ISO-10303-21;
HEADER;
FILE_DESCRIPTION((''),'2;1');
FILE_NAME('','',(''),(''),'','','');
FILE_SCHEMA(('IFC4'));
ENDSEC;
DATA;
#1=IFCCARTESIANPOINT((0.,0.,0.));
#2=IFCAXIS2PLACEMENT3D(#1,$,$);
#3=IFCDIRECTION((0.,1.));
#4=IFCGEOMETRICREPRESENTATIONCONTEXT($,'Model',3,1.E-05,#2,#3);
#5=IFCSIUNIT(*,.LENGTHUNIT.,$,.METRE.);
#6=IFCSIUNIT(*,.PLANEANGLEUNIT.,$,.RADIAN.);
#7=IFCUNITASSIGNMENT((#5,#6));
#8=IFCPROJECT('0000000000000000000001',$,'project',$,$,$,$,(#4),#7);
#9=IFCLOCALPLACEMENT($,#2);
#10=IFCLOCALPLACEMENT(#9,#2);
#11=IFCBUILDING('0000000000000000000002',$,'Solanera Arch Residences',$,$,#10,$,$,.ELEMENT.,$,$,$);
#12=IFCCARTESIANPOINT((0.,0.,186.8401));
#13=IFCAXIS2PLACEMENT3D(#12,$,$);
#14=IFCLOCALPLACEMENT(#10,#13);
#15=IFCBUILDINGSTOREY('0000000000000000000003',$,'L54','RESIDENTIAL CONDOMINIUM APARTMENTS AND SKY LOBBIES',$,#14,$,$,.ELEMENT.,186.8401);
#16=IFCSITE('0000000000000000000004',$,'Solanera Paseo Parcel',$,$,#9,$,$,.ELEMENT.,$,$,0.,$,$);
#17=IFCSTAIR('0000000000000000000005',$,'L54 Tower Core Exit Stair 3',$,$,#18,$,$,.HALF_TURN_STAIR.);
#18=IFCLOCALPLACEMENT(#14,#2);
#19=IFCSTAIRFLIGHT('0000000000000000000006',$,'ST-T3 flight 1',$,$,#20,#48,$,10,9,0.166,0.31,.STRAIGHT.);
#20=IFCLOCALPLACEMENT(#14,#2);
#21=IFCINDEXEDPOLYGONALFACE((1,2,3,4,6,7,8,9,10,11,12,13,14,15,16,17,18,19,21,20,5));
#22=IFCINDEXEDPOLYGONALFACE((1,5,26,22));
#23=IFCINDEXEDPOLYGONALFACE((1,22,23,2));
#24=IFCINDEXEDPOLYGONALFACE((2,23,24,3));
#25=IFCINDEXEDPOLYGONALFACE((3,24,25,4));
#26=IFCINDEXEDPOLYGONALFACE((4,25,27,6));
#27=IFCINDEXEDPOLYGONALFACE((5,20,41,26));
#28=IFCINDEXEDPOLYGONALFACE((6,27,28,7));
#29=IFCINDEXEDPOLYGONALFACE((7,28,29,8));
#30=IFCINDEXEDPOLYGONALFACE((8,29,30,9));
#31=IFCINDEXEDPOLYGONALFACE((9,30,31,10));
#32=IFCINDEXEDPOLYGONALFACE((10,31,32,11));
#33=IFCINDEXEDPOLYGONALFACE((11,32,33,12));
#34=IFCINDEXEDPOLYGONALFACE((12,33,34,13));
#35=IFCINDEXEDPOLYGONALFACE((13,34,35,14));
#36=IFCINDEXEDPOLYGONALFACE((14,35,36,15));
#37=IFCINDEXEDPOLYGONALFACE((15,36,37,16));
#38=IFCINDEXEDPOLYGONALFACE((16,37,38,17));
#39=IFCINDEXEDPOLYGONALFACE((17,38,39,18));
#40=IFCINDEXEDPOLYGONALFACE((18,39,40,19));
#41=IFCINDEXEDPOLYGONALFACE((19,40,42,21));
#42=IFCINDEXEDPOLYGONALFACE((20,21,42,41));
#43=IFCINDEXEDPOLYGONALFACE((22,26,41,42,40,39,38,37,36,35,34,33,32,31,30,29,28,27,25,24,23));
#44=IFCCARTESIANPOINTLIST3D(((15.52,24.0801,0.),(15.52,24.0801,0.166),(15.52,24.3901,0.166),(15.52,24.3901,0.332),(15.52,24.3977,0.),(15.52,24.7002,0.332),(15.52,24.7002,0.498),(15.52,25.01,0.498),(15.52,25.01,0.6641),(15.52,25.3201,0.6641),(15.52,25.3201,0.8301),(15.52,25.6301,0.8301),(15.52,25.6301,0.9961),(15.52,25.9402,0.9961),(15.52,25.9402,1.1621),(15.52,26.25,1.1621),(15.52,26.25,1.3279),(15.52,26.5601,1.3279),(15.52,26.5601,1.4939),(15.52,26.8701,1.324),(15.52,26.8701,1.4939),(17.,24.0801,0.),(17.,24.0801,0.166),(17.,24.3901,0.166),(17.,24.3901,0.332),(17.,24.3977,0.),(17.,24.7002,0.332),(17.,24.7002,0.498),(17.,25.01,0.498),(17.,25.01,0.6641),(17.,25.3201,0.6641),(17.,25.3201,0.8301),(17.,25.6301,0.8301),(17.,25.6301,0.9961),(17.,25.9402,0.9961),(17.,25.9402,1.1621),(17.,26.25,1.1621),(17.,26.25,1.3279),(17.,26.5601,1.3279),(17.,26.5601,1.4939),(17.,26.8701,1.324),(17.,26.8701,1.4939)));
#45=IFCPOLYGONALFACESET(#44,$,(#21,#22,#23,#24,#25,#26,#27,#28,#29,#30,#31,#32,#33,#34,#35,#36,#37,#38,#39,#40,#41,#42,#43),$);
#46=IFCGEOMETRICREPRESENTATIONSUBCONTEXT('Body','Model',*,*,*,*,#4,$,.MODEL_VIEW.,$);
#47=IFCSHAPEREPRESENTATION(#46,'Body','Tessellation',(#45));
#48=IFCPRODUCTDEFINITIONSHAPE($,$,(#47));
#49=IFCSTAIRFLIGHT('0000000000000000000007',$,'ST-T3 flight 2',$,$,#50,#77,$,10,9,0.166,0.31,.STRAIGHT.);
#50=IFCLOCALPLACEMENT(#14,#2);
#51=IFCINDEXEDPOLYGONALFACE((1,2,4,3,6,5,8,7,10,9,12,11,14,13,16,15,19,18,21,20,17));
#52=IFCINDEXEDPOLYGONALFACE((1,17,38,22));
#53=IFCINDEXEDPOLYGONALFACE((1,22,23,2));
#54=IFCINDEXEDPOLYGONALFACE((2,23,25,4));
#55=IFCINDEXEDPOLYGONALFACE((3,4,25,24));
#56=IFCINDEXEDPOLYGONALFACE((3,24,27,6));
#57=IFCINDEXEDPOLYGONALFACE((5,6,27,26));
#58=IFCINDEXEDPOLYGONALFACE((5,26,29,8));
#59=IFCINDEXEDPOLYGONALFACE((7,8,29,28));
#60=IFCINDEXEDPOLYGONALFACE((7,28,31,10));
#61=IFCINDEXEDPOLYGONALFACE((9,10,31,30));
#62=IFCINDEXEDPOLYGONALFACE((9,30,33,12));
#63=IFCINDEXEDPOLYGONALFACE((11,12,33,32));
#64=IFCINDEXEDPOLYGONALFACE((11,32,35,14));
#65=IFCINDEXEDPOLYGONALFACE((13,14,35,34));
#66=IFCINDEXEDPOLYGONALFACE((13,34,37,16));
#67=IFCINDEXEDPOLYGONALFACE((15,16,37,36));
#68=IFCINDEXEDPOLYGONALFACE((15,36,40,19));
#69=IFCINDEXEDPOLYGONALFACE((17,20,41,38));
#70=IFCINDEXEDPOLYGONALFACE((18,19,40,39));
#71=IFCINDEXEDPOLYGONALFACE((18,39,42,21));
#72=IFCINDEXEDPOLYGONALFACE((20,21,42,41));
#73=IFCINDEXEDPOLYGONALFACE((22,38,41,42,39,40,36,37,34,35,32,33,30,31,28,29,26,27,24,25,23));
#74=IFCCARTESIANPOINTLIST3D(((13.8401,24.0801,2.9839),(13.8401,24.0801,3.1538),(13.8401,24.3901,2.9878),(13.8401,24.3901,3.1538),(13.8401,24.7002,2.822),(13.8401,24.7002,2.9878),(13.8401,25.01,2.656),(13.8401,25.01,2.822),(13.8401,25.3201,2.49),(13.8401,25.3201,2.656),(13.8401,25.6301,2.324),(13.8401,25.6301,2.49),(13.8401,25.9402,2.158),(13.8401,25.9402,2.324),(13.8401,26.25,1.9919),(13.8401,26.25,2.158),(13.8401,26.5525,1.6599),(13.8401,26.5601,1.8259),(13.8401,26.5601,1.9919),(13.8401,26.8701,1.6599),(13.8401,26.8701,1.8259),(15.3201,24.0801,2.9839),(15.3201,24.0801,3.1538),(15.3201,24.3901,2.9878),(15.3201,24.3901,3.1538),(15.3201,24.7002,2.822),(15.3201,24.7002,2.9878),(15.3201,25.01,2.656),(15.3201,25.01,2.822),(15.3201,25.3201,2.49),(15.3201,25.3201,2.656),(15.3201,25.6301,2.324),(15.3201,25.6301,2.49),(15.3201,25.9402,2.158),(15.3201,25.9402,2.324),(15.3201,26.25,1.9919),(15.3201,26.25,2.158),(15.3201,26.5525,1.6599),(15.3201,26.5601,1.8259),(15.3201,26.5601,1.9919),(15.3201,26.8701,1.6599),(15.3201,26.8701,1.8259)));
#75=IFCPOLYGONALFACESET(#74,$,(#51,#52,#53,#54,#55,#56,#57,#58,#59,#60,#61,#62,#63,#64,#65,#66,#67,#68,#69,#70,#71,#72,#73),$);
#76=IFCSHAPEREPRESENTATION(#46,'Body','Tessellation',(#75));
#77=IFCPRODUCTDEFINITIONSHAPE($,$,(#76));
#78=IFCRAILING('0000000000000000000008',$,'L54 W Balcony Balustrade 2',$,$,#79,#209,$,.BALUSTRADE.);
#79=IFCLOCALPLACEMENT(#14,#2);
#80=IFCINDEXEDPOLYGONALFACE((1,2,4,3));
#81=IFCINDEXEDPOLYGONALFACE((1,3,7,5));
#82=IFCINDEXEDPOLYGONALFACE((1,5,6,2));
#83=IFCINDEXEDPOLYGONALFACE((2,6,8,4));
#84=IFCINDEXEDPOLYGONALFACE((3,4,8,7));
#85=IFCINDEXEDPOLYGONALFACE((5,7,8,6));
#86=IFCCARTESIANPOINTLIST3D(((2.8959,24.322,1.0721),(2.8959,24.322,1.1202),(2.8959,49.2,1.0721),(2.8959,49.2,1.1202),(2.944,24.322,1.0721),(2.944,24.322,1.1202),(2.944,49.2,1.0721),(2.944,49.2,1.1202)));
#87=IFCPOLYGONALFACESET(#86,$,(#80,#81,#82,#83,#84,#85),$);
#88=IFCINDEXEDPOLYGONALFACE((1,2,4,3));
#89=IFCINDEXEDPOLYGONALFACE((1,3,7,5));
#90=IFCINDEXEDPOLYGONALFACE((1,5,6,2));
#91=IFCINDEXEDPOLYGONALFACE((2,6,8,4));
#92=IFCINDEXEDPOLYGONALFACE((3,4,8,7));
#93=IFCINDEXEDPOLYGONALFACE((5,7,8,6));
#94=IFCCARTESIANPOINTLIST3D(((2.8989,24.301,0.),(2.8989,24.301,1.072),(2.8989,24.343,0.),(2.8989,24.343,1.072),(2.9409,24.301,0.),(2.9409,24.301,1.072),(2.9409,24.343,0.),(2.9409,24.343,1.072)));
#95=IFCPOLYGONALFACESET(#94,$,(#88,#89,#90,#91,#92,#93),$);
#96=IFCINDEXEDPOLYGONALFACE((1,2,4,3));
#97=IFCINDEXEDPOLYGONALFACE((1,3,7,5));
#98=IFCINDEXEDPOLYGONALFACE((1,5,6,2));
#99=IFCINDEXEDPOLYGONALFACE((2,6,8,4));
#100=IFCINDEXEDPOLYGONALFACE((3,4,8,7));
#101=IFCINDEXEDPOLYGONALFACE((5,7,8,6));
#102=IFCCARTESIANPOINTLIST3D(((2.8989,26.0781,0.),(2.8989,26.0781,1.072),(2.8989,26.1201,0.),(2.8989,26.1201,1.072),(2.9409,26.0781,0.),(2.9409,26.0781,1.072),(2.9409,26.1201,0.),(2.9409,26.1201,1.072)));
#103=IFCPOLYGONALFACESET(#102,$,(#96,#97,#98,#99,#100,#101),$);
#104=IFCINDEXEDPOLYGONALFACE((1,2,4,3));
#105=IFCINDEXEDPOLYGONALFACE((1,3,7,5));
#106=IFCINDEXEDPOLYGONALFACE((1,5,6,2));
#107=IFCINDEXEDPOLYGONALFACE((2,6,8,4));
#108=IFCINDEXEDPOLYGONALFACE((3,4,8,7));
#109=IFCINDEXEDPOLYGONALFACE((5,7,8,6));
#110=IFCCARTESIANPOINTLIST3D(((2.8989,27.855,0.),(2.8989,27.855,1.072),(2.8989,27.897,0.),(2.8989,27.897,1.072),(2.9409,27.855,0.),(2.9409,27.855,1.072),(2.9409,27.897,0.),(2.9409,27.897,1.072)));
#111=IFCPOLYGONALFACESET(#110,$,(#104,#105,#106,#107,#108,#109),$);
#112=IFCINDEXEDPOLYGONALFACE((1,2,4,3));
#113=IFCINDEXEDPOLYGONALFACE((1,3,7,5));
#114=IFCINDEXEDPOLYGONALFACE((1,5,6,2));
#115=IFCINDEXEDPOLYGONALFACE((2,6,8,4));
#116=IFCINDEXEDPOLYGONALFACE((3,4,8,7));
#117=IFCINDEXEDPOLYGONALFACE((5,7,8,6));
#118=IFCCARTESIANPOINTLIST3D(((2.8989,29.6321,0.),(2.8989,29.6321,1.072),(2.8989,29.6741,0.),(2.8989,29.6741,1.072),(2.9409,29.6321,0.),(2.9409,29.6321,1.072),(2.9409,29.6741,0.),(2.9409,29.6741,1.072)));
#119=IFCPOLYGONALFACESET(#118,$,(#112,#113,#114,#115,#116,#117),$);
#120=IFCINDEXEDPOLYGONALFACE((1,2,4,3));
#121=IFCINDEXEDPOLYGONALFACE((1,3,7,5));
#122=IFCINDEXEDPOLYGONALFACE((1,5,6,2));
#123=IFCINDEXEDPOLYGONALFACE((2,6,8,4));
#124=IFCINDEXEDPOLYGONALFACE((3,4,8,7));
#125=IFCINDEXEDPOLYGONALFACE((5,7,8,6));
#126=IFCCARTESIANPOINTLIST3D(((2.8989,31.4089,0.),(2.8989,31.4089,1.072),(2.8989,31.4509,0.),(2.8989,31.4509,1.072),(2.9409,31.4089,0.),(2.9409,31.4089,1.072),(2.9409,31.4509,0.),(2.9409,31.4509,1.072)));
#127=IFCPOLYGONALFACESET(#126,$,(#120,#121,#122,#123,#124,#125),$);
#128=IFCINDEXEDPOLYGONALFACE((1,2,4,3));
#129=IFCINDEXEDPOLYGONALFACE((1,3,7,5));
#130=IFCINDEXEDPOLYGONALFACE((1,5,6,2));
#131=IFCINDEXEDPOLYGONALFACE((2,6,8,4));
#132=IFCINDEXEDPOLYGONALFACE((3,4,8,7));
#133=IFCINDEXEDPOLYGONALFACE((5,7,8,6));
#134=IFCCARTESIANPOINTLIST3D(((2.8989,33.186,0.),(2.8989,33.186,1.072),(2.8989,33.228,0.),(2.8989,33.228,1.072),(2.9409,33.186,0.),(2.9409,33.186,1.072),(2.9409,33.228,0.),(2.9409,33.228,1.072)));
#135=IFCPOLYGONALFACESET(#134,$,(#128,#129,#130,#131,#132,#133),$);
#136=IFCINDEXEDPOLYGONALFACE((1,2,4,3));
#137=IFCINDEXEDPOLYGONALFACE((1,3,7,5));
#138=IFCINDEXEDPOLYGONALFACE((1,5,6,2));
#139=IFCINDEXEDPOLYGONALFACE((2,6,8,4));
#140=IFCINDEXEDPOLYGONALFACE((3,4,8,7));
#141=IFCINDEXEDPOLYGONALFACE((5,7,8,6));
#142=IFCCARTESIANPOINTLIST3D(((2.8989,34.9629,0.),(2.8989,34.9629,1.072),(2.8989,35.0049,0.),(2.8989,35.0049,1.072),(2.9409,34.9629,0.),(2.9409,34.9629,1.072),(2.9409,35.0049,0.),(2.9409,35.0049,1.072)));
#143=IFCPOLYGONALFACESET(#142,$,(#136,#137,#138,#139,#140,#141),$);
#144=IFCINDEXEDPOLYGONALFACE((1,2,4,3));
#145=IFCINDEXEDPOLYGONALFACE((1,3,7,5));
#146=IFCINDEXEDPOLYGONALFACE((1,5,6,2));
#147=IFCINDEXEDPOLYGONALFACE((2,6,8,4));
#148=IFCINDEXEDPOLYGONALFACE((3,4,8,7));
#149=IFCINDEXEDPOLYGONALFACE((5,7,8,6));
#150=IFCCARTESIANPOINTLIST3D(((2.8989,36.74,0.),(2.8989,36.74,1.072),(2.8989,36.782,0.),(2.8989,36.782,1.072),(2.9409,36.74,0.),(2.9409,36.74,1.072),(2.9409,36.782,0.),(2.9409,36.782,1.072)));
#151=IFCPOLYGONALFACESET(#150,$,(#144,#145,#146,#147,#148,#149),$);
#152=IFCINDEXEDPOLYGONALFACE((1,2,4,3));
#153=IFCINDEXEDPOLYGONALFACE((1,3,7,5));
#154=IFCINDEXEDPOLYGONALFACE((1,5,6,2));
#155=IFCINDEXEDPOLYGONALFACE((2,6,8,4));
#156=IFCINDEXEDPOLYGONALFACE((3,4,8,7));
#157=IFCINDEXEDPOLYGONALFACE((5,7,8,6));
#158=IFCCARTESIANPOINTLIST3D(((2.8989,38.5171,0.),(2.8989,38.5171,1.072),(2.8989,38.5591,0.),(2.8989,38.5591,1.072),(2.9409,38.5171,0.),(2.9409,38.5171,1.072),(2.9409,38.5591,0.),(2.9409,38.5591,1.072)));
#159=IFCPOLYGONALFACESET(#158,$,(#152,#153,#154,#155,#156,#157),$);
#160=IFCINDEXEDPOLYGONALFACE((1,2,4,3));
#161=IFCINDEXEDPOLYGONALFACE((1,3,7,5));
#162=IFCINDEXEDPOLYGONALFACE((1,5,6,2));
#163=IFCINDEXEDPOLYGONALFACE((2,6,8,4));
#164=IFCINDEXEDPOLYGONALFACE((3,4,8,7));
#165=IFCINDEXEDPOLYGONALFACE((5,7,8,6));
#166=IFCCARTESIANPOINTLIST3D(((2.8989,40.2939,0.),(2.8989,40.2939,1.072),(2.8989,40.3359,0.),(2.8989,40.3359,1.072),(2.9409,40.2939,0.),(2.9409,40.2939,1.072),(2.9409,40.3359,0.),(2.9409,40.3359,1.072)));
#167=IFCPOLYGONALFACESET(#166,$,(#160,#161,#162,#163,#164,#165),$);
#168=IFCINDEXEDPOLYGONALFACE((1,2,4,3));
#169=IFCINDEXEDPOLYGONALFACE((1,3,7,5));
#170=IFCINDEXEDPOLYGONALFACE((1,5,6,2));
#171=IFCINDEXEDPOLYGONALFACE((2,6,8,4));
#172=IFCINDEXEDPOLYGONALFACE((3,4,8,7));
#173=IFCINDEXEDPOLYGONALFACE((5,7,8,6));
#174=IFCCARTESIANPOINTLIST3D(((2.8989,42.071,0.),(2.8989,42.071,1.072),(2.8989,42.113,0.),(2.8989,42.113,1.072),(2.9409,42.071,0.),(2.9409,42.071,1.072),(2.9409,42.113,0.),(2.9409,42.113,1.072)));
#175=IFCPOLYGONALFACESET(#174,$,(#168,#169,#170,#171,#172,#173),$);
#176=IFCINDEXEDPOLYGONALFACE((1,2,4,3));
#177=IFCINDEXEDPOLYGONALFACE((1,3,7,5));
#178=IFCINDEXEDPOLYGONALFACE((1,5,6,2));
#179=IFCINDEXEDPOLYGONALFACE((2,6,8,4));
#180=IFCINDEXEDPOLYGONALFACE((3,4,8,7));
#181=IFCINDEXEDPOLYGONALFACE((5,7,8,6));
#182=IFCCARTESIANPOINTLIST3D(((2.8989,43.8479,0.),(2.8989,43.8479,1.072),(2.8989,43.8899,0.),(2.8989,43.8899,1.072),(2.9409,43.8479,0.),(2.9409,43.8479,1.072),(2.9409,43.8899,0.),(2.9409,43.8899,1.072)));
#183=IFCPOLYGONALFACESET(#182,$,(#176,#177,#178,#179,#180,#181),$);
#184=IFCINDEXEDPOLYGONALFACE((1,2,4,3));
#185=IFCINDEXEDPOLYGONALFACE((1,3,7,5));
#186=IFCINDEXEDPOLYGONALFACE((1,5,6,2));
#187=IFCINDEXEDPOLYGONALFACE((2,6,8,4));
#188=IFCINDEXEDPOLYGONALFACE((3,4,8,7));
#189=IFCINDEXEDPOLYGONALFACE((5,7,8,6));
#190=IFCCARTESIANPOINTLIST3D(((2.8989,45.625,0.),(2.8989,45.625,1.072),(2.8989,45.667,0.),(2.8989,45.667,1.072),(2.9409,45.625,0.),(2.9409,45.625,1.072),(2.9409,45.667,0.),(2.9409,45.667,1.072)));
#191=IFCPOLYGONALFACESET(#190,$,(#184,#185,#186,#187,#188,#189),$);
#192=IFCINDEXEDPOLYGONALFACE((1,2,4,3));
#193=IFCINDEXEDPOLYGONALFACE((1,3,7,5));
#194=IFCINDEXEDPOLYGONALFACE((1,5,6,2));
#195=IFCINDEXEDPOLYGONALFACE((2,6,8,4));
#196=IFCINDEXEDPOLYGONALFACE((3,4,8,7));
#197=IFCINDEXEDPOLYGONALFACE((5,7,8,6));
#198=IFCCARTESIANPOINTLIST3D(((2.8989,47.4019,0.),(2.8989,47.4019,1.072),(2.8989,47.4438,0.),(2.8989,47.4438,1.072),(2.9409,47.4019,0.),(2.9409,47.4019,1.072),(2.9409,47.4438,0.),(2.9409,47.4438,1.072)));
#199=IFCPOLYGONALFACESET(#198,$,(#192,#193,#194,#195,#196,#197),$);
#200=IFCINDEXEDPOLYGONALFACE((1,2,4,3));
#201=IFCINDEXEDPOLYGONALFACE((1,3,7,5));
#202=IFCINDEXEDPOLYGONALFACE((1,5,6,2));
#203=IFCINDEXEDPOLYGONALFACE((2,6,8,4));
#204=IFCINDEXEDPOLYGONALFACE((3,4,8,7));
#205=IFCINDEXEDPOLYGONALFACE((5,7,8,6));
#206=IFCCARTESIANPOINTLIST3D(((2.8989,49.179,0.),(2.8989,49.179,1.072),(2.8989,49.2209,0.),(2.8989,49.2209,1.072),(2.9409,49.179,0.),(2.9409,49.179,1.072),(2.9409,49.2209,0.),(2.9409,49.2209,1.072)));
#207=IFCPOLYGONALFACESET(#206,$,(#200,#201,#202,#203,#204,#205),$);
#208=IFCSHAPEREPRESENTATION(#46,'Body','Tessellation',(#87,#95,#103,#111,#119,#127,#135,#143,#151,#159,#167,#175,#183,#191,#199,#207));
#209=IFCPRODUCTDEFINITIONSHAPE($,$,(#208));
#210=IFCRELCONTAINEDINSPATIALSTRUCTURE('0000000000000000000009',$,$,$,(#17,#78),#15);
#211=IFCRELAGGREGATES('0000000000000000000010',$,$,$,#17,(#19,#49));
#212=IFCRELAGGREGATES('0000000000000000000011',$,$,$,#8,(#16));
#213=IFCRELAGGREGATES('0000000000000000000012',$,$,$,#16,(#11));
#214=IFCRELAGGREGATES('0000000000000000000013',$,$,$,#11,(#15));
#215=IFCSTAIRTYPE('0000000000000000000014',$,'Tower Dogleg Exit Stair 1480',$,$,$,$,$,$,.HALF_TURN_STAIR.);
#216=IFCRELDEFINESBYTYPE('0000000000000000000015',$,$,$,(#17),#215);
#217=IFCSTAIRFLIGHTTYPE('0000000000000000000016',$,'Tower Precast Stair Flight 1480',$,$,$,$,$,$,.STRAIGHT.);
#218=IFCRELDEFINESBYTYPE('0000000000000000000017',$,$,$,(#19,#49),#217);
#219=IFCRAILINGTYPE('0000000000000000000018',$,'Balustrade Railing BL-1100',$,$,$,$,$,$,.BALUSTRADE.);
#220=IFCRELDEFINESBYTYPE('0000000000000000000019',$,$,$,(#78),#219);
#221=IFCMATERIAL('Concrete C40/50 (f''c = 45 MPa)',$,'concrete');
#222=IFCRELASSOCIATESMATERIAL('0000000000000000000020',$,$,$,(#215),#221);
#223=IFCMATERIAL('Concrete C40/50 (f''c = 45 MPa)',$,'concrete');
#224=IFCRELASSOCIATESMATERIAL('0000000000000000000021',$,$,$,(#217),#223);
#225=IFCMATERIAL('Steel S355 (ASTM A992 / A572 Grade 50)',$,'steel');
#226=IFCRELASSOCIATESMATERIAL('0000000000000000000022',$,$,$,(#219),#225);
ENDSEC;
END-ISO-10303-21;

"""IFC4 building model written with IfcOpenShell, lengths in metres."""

from ifc_helpers import new_model, si_unit, direction, frame, origin, origin_2d, place, context, subcontext, project, spatial, polyline, rectangle, outline, extrude, material, type_object, element, aggregate, save


model = new_model("IFC4")

# Units and contexts
model_context = context("Model", 3, precision=1e-05, world=origin(), true_north=direction((0.0, 1.0)))
body_context = subcontext(model_context, "Body", "Model", "MODEL_VIEW")
ifc_project = project(units=[si_unit("LENGTHUNIT", "METRE"), si_unit("PLANEANGLEUNIT", "RADIAN")], contexts=[model_context])

# Site, building, storey
site_placement = place(None, origin())
site = spatial("IfcSite", under=ifc_project, at=site_placement, Name="Solanera Paseo Parcel", CompositionType="ELEMENT", RefElevation=0.0)
building_placement = place(site_placement, origin())
building = spatial("IfcBuilding", under=site, at=building_placement, Name="Solanera Arch Residences", CompositionType="ELEMENT")
storey_placement = place(building_placement, frame((0.0, 0.0, 186.8401)))
storey = spatial("IfcBuildingStorey", under=building, at=storey_placement, Name="L54", Description="RESIDENTIAL CONDOMINIUM APARTMENTS AND SKY LOBBIES", CompositionType="ELEMENT", Elevation=186.8401)

# Stair, stair flights
ifc_material_1 = material(Name="Concrete C40/50 (f'c = 45 MPa)", Category="concrete")
stair_type = type_object("IfcStairType", Name="Tower Dogleg Exit Stair 1480", PredefinedType="HALF_TURN_STAIR", material=ifc_material_1)
stair_placement = place(storey_placement, origin())
stair = element("IfcStair", 1, at=stair_placement, inside=storey, type_object=stair_type, Name="L54 Tower Core Exit Stair 3", PredefinedType="HALF_TURN_STAIR")
ifc_material_2 = material(Name="Concrete C40/50 (f'c = 45 MPa)", Category="concrete")
stair_flight_type = type_object("IfcStairFlightType", Name="Tower Precast Stair Flight 1480", PredefinedType="STRAIGHT", material=ifc_material_2)
stair_flight_1_placement = place(storey_placement, frame((16.26, 24.0801, 0.0), z_axis=(0.0, 0.0, 1.0), x_axis=(0.0, 1.0, 0.0)))
stair_flight_1 = element("IfcStairFlight", 2, at=stair_flight_1_placement, type_object=stair_flight_type, Name="ST-T3 flight 1", NumberOfRisers=10, NumberOfTreads=9, PredefinedType="STRAIGHT", RiserHeight=0.166, TreadLength=0.31, context=body_context, shape_type="SweptSolid", body=[
    extrude(outline(polyline([(0.0, 0.0), (0.0, 0.166), (0.3101, 0.166), (0.3101, 0.332), (0.6201, 0.332), (0.6201, 0.498), (0.9299, 0.498), (0.9299, 0.6641), (1.24, 0.6641), (1.24, 0.8301), (1.55, 0.8301), (1.55, 0.9961), (1.8601, 0.9961), (1.8601, 1.1621), (2.1699, 1.1621), (2.1699, 1.3279), (2.48, 1.3279), (2.48, 1.4939), (2.79, 1.4939), (2.79, 1.6599), (2.79, 1.324), (0.3176, 0.0), (0.0, 0.0)])), frame((0.0, 0.74, 0.0), z_axis=(0.0, -1.0, 0.0), x_axis=(1.0, 0.0, 0.0)), (0.0, 0.0, 1.0), 1.48),
])
stair_flight_2_placement = place(storey_placement, frame((14.5801, 26.8701, 1.6599), z_axis=(0.0, 0.0, 1.0), x_axis=(0.0, -1.0, 0.0)))
stair_flight_2 = element("IfcStairFlight", 3, at=stair_flight_2_placement, type_object=stair_flight_type, Name="ST-T3 flight 2", NumberOfRisers=10, NumberOfTreads=9, PredefinedType="STRAIGHT", RiserHeight=0.166, TreadLength=0.31, context=body_context, shape_type="SweptSolid", body=[
    extrude(outline(polyline([(0.0, 0.0), (0.0, 0.166), (0.3101, 0.166), (0.3101, 0.332), (0.6201, 0.332), (0.6201, 0.498), (0.9299, 0.498), (0.9299, 0.6641), (1.24, 0.6641), (1.24, 0.8301), (1.55, 0.8301), (1.55, 0.9961), (1.8601, 0.9961), (1.8601, 1.1621), (2.1699, 1.1621), (2.1699, 1.3279), (2.48, 1.3279), (2.48, 1.4939), (2.79, 1.4939), (2.79, 1.6599), (2.79, 1.324), (0.3176, 0.0), (0.0, 0.0)])), frame((0.0, 0.74, 0.0), z_axis=(0.0, -1.0, 0.0), x_axis=(1.0, 0.0, 0.0)), (0.0, 0.0, 1.0), 1.48),
])
aggregate(stair, [stair_flight_1, stair_flight_2])

# Railing
ifc_material_3 = material(Name="Steel S355 (ASTM A992 / A572 Grade 50)", Category="steel")
railing_type_1 = type_object("IfcRailingType", Name="Balustrade Railing BL-1100", PredefinedType="BALUSTRADE", material=ifc_material_3)
railing_1_placement = place(storey_placement, frame((2.9199, 24.322, 0.0)))
element("IfcRailing", 4, at=railing_1_placement, inside=storey, type_object=railing_type_1, Name="L54 W Balcony Balustrade 2", PredefinedType="BALUSTRADE", context=body_context, shape_type="SweptSolid", body=[
    extrude(rectangle(XDim=0.0481, YDim=0.0481, at=origin_2d()), frame((0.0, 0.0, 1.0962), z_axis=(0.0, 1.0, 0.0), x_axis=(-1.0, 0.0, 0.0)), (0.0, 0.0, 1.0), 24.8779),
    extrude(rectangle(XDim=0.042, YDim=0.042, at=origin_2d()), origin(), (0.0, 0.0, 1.0), 1.072),
    extrude(rectangle(XDim=0.042, YDim=0.042, at=origin_2d()), frame((0.0, 1.7771, 0.0)), (0.0, 0.0, 1.0), 1.072),
    extrude(rectangle(XDim=0.042, YDim=0.042, at=origin_2d()), frame((0.0, 3.554, 0.0)), (0.0, 0.0, 1.0), 1.072),
    extrude(rectangle(XDim=0.042, YDim=0.042, at=origin_2d()), frame((0.0, 5.3311, 0.0)), (0.0, 0.0, 1.0), 1.072),
    extrude(rectangle(XDim=0.042, YDim=0.042, at=origin_2d()), frame((0.0, 7.1079, 0.0)), (0.0, 0.0, 1.0), 1.072),
    extrude(rectangle(XDim=0.042, YDim=0.042, at=origin_2d()), frame((0.0, 8.885, 0.0)), (0.0, 0.0, 1.0), 1.072),
    extrude(rectangle(XDim=0.042, YDim=0.042, at=origin_2d()), frame((0.0, 10.6619, 0.0)), (0.0, 0.0, 1.0), 1.072),
    extrude(rectangle(XDim=0.042, YDim=0.042, at=origin_2d()), frame((0.0, 12.439, 0.0)), (0.0, 0.0, 1.0), 1.072),
    extrude(rectangle(XDim=0.042, YDim=0.042, at=origin_2d()), frame((0.0, 14.2161, 0.0)), (0.0, 0.0, 1.0), 1.072),
    extrude(rectangle(XDim=0.042, YDim=0.042, at=origin_2d()), frame((0.0, 15.9929, 0.0)), (0.0, 0.0, 1.0), 1.072),
    extrude(rectangle(XDim=0.042, YDim=0.042, at=origin_2d()), frame((0.0, 17.77, 0.0)), (0.0, 0.0, 1.0), 1.072),
    extrude(rectangle(XDim=0.042, YDim=0.042, at=origin_2d()), frame((0.0, 19.5469, 0.0)), (0.0, 0.0, 1.0), 1.072),
    extrude(rectangle(XDim=0.042, YDim=0.042, at=origin_2d()), frame((0.0, 21.324, 0.0)), (0.0, 0.0, 1.0), 1.072),
    extrude(rectangle(XDim=0.042, YDim=0.042, at=origin_2d()), frame((0.0, 23.1008, 0.0)), (0.0, 0.0, 1.0), 1.072),
    extrude(rectangle(XDim=0.042, YDim=0.042, at=origin_2d()), frame((0.0, 24.8779, 0.0)), (0.0, 0.0, 1.0), 1.072),
])

save(model, "model.ifc")
